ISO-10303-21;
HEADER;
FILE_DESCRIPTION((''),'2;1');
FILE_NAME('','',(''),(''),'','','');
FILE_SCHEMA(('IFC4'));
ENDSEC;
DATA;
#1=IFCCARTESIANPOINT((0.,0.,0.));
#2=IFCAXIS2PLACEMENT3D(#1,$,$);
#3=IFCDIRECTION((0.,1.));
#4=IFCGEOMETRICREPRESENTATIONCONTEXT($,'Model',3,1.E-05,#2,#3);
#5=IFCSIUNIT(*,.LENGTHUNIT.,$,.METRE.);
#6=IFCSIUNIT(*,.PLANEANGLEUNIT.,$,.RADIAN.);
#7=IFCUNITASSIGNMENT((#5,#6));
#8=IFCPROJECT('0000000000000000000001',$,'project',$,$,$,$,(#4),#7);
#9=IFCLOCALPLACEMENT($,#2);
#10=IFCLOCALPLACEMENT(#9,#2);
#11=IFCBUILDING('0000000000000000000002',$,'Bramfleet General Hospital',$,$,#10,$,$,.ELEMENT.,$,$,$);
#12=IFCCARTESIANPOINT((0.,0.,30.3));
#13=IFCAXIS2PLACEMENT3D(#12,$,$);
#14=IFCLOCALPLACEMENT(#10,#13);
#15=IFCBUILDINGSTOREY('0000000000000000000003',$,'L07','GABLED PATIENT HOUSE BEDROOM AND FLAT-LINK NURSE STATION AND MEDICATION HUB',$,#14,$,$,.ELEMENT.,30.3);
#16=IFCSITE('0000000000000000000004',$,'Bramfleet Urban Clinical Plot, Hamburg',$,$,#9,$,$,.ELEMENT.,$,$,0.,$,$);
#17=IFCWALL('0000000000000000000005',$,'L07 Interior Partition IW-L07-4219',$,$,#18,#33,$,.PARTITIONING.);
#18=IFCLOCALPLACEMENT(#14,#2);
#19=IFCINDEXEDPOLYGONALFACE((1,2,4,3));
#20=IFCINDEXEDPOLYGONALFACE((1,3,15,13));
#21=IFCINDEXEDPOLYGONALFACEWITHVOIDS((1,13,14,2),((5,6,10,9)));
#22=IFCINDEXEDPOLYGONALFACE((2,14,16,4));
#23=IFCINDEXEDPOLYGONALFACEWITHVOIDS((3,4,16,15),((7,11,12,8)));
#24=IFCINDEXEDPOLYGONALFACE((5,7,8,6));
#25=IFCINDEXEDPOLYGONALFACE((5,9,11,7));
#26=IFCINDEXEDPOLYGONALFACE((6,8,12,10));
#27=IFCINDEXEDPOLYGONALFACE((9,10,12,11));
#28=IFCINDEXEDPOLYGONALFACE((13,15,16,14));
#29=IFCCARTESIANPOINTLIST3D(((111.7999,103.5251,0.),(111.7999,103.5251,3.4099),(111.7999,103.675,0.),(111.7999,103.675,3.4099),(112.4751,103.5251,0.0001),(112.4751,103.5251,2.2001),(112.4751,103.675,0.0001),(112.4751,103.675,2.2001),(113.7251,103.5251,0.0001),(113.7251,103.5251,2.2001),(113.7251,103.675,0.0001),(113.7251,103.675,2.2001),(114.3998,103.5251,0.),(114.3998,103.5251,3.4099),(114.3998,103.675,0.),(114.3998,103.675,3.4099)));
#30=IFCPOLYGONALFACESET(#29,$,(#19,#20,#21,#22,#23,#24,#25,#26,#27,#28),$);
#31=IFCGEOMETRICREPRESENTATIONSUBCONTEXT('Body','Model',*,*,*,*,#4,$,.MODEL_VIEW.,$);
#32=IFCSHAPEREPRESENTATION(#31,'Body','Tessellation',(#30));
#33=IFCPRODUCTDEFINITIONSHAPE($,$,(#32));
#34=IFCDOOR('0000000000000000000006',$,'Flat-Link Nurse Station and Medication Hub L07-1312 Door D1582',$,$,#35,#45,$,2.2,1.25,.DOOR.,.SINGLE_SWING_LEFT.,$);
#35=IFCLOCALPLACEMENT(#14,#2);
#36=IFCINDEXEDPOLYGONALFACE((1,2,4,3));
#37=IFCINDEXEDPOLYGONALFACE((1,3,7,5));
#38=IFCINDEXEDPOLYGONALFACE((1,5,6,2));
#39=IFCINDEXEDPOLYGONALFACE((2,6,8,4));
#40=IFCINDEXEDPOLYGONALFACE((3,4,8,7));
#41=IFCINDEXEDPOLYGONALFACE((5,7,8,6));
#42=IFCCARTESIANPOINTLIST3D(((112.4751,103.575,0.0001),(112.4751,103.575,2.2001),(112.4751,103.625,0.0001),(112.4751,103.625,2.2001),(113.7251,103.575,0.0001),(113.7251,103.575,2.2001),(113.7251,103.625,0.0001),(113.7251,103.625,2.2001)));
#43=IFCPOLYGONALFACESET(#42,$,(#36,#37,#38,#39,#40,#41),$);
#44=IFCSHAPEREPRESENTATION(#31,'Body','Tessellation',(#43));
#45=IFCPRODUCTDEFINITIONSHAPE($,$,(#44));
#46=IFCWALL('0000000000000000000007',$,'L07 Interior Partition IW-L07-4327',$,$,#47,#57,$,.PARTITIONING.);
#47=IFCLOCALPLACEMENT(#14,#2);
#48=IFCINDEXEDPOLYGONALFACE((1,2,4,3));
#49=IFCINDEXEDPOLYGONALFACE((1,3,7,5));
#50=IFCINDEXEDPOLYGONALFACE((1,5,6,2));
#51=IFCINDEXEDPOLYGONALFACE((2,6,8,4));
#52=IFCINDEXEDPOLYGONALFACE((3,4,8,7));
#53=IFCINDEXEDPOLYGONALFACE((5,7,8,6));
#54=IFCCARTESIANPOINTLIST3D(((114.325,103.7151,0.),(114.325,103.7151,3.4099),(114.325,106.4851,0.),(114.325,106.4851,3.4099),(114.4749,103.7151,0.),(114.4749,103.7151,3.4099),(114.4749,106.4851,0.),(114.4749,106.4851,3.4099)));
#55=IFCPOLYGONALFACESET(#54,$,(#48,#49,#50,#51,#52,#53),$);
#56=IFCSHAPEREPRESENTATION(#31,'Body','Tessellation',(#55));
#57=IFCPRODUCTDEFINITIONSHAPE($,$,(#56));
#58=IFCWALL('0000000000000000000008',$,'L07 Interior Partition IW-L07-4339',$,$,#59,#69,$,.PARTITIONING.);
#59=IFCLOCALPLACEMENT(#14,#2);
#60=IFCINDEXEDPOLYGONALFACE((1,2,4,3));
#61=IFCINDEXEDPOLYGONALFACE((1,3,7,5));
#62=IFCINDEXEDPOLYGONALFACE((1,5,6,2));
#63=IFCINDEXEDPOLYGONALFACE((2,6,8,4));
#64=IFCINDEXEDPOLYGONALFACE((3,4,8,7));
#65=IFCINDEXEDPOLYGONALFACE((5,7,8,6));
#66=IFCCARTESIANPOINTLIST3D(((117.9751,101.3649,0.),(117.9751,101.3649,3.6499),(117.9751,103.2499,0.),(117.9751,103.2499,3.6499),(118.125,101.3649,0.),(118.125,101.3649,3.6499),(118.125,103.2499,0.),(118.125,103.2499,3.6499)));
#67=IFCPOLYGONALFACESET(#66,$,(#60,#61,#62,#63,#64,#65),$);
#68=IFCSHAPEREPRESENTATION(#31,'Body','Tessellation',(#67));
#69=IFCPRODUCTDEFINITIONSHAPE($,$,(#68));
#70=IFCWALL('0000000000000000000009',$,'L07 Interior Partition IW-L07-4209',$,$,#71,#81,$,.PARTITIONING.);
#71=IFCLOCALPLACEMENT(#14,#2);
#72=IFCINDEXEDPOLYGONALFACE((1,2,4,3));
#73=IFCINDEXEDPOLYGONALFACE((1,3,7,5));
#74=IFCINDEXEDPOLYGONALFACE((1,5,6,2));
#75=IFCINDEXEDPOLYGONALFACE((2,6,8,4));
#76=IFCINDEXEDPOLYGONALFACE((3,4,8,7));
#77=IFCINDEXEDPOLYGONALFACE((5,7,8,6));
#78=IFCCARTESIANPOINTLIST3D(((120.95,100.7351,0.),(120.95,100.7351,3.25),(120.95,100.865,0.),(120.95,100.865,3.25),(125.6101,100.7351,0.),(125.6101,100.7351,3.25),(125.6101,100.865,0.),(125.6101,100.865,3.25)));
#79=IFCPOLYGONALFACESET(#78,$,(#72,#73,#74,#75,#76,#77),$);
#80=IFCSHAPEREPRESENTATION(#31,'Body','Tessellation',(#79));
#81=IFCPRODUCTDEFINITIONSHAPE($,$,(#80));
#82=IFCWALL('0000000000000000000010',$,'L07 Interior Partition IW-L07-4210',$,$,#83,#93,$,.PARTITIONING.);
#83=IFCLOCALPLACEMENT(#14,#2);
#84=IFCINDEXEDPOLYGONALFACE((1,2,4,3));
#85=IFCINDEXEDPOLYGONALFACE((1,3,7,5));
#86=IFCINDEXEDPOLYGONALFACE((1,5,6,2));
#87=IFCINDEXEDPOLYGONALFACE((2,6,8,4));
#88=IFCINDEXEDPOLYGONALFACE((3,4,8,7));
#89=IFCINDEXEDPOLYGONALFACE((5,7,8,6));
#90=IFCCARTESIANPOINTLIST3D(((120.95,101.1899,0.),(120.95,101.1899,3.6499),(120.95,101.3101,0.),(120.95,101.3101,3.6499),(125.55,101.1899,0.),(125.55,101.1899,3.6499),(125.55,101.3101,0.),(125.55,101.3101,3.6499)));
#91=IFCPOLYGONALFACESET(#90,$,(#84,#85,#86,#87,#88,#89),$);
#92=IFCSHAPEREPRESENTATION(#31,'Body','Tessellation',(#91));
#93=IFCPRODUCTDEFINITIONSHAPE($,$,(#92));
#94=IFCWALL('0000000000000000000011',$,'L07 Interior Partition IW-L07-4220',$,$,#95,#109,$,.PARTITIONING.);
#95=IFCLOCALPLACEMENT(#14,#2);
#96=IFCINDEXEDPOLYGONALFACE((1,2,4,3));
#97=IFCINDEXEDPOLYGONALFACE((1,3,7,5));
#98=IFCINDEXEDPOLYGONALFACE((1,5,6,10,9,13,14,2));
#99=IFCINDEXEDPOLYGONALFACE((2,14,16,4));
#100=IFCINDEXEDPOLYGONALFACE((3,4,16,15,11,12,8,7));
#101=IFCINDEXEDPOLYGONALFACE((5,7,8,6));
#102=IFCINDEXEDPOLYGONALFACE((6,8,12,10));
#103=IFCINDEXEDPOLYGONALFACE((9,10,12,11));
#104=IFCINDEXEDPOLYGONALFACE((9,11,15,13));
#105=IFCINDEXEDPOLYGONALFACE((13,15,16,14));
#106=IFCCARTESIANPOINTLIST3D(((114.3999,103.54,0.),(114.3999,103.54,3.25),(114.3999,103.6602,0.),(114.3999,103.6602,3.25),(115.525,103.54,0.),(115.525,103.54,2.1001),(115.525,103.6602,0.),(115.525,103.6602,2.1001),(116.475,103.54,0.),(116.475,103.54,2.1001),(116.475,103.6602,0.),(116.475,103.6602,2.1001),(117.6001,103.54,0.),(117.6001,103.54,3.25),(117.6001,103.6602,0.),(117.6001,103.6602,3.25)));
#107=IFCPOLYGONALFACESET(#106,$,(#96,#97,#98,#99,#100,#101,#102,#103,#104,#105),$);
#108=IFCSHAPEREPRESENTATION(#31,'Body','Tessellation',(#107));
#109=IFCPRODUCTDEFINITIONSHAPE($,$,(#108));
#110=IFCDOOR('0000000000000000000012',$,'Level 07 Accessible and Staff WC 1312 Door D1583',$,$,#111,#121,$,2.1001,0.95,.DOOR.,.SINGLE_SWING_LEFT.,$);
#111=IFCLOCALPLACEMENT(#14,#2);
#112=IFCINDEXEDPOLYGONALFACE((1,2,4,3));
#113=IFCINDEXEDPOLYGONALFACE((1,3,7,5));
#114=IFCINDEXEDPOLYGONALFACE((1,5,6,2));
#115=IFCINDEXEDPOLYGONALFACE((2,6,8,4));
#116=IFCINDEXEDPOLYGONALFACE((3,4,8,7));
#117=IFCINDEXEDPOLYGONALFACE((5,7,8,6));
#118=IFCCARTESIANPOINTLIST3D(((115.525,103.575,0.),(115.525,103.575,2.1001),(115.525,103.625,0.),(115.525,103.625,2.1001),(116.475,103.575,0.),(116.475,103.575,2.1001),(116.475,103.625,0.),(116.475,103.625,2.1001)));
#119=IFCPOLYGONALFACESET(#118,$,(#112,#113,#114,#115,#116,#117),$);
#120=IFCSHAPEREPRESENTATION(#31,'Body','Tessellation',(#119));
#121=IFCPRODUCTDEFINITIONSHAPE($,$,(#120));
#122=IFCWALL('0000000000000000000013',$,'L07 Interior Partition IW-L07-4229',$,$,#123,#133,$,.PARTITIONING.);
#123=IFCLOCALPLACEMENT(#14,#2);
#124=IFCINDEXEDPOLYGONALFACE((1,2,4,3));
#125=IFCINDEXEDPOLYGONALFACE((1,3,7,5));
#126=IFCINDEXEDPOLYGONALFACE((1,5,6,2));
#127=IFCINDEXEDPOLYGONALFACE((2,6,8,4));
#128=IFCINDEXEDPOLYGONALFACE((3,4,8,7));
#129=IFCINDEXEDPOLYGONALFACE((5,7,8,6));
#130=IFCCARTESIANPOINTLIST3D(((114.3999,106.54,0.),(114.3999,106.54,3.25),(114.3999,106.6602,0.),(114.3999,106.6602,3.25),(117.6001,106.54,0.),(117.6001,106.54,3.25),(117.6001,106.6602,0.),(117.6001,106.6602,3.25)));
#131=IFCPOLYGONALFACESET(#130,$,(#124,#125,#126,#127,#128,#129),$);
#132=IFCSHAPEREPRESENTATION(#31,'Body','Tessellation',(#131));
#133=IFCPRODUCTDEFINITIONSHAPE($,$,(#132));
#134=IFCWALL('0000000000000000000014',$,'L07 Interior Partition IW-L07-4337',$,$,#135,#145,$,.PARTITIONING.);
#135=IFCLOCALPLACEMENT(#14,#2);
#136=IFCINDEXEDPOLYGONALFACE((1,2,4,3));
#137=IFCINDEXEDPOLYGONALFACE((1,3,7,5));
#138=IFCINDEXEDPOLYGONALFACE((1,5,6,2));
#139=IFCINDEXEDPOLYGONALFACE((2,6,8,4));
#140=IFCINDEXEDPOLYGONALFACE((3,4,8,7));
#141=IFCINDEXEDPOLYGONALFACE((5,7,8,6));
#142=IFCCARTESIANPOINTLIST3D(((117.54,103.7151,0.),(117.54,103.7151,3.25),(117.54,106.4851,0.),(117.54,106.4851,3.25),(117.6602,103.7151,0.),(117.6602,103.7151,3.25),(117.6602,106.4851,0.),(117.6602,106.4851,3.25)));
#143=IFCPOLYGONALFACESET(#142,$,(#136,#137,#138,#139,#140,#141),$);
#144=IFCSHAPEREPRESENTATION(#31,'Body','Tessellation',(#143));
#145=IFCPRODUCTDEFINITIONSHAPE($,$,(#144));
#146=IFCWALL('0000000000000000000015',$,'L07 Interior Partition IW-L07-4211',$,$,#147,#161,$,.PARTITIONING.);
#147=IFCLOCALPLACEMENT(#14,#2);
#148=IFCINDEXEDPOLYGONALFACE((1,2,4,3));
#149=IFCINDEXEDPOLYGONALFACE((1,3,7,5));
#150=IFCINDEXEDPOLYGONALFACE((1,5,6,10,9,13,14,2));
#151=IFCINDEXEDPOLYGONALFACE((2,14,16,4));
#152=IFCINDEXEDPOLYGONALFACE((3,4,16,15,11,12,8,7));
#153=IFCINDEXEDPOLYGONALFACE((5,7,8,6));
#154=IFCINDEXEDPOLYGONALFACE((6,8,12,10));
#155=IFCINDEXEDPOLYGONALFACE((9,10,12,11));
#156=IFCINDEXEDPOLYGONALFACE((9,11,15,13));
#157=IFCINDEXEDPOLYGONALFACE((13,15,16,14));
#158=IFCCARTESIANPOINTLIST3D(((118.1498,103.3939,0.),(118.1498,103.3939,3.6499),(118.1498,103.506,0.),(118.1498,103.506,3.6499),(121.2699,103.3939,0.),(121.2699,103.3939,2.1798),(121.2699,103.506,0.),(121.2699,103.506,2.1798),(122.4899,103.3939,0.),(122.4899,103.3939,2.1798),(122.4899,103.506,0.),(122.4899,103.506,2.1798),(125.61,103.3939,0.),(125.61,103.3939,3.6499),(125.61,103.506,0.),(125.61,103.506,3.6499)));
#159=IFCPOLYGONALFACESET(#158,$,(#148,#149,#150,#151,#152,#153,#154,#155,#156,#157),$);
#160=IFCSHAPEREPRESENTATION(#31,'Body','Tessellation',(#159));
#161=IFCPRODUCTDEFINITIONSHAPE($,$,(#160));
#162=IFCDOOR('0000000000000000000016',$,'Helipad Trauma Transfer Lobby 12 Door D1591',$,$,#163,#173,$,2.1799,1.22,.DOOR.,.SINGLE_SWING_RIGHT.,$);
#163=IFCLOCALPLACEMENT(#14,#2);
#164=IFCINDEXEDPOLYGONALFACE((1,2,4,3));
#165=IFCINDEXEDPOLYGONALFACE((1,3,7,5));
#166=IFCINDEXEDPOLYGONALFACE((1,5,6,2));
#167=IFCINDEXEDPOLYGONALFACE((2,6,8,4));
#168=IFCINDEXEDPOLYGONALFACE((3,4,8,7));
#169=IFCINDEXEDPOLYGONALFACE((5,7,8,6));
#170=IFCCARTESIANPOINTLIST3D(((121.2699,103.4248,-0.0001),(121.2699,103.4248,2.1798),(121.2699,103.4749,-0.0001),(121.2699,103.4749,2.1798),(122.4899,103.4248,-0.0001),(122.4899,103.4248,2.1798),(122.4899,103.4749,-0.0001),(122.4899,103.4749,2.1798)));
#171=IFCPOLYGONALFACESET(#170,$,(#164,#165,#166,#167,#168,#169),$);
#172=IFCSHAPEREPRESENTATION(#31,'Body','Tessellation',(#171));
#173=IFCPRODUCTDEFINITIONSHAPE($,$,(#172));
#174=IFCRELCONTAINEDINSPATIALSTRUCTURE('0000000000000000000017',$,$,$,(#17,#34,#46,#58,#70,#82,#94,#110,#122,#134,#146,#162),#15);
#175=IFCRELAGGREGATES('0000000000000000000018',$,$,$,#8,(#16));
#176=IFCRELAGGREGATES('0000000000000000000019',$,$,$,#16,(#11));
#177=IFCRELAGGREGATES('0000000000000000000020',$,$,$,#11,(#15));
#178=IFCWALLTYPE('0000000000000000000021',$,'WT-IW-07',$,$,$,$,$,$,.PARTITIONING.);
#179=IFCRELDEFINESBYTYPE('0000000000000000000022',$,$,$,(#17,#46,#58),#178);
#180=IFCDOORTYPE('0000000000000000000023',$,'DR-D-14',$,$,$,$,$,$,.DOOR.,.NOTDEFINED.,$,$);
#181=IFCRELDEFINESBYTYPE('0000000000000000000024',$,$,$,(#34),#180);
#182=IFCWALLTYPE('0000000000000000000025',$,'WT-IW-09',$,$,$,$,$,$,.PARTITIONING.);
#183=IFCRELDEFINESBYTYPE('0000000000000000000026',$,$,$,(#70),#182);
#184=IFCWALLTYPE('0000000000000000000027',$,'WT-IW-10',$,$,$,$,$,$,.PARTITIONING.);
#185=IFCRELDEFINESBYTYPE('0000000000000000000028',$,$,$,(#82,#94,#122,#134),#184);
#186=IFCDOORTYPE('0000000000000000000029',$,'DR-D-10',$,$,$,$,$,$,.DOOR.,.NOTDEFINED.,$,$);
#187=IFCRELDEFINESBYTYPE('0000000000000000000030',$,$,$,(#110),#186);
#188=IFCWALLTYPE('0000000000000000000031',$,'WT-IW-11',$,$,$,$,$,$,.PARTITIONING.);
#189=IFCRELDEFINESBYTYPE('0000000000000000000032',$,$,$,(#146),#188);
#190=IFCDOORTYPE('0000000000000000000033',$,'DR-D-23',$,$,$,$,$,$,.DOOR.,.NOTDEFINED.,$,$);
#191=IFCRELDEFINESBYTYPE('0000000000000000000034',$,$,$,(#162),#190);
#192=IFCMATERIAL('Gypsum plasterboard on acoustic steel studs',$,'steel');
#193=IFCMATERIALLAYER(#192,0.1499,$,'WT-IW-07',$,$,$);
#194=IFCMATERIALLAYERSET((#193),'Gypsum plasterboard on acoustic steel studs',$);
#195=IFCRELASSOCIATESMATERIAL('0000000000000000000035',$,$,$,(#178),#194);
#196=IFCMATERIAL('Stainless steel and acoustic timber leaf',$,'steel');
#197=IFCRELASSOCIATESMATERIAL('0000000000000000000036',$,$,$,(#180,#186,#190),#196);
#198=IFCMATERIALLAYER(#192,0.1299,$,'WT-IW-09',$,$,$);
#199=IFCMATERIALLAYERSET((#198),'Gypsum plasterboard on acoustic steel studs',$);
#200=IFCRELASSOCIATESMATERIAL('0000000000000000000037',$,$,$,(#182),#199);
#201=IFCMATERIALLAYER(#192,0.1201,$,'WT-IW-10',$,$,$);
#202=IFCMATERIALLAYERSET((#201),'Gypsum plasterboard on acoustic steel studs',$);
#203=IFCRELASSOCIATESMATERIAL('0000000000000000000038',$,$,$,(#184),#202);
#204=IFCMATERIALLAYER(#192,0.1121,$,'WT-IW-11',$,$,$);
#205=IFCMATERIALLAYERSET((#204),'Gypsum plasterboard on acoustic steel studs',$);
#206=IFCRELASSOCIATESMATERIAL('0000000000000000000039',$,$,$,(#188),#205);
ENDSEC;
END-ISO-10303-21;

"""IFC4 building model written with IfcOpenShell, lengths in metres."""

from ifc_helpers import new_model, si_unit, direction, frame, frame_2d, origin, place, context, subcontext, project, spatial, rectangle, extrude, material, layer, layer_set, type_object, element, fill, save


model = new_model("IFC4")

# Units and contexts
model_context = context("Model", 3, precision=1e-05, world=origin(), true_north=direction((0.0, 1.0)))
body_context = subcontext(model_context, "Body", "Model", "MODEL_VIEW")
ifc_project = project(units=[si_unit("LENGTHUNIT", "METRE"), si_unit("PLANEANGLEUNIT", "RADIAN")], contexts=[model_context])

# Site, building, storey
site_placement = place(None, origin())
site = spatial("IfcSite", under=ifc_project, at=site_placement, Name="Bramfleet Urban Clinical Plot, Hamburg", CompositionType="ELEMENT", RefElevation=0.0)
building_placement = place(site_placement, origin())
building = spatial("IfcBuilding", under=site, at=building_placement, Name="Bramfleet General Hospital", CompositionType="ELEMENT")
storey_placement = place(building_placement, frame((0.0, 0.0, 30.3)))
storey = spatial("IfcBuildingStorey", under=building, at=storey_placement, Name="L07", Description="GABLED PATIENT HOUSE BEDROOM AND FLAT-LINK NURSE STATION AND MEDICATION HUB", CompositionType="ELEMENT", Elevation=30.3)

# Shared definitions
ifc_material_1 = material(Name="Gypsum plasterboard on acoustic steel studs", Category="steel")

# Wall, opening, door
ifc_layer_1 = layer(ifc_material_1, 0.1499, Name="WT-IW-07")
ifc_layer_set_1 = layer_set([ifc_layer_1], Name="Gypsum plasterboard on acoustic steel studs")
wall_type_1 = type_object("IfcWallType", Name="WT-IW-07", PredefinedType="PARTITIONING", material=ifc_layer_set_1)
wall_1_placement = place(storey_placement, frame((111.8, 103.6001, 0.0), z_axis=(0.0, 0.0, 1.0), x_axis=(1.0, 0.0, 0.0)))
wall_1 = element("IfcWall", 1, at=wall_1_placement, inside=storey, type_object=wall_type_1, Name="L07 Interior Partition IW-L07-4219", PredefinedType="PARTITIONING", context=body_context, shape_type="SweptSolid", body=[
    extrude(rectangle(XDim=2.5999, YDim=0.1499, at=frame_2d((1.2998, 0.0))), origin(), (0.0, 0.0, 1.0), 3.4099),
])
opening_1_placement = place(wall_1_placement, frame((0.675, 0.0, 0.0)))
opening_1 = element("IfcOpeningElement", 2, at=opening_1_placement, cuts=wall_1, PredefinedType="OPENING", context=body_context, shape_type="SweptSolid", body=[
    extrude(rectangle(XDim=1.25, YDim=2.2, at=frame_2d((0.625, 1.1001))), frame((0.0, 0.085, 0.0), z_axis=(0.0, -1.0, 0.0), x_axis=(1.0, 0.0, 0.0)), (0.0, 0.0, 1.0), 0.1699),
])
ifc_material_2 = material(Name="Stainless steel and acoustic timber leaf", Category="steel")
door_type_1 = type_object("IfcDoorType", Name="DR-D-14", OperationType="NOTDEFINED", PredefinedType="DOOR", material=ifc_material_2)
door_1_placement = place(opening_1_placement, origin())
door_1 = element("IfcDoor", 3, at=door_1_placement, inside=storey, type_object=door_type_1, Name="Flat-Link Nurse Station and Medication Hub L07-1312 Door D1582", OperationType="SINGLE_SWING_LEFT", OverallHeight=2.2, OverallWidth=1.25, PredefinedType="DOOR", context=body_context, shape_type="SweptSolid", body=[
    extrude(rectangle(XDim=1.25, YDim=2.2, at=frame_2d((0.625, 1.1001))), frame((0.0, 0.0249, 0.0), z_axis=(0.0, -1.0, 0.0), x_axis=(1.0, 0.0, 0.0)), (0.0, 0.0, 1.0), 0.05),
])
fill(opening_1, door_1)

# Walls
wall_2_placement = place(storey_placement, frame((114.3999, 103.7151, 0.0), z_axis=(0.0, 0.0, 1.0), x_axis=(0.0, 1.0, 0.0)))
element("IfcWall", 4, at=wall_2_placement, inside=storey, type_object=wall_type_1, Name="L07 Interior Partition IW-L07-4327", PredefinedType="PARTITIONING", context=body_context, shape_type="SweptSolid", body=[
    extrude(rectangle(XDim=2.77, YDim=0.1499, at=frame_2d((1.385, 0.0))), origin(), (0.0, 0.0, 1.0), 3.4099),
])
wall_3_placement = place(storey_placement, frame((118.05, 101.365, 0.0), z_axis=(0.0, 0.0, 1.0), x_axis=(0.0, 1.0, 0.0)))
element("IfcWall", 5, at=wall_3_placement, inside=storey, type_object=wall_type_1, Name="L07 Interior Partition IW-L07-4339", PredefinedType="PARTITIONING", context=body_context, shape_type="SweptSolid", body=[
    extrude(rectangle(XDim=1.885, YDim=0.1499, at=frame_2d((0.9424, 0.0))), origin(), (0.0, 0.0, 1.0), 3.6499),
])
ifc_layer_2 = layer(ifc_material_1, 0.1299, Name="WT-IW-09")
ifc_layer_set_2 = layer_set([ifc_layer_2], Name="Gypsum plasterboard on acoustic steel studs")
wall_type_2 = type_object("IfcWallType", Name="WT-IW-09", PredefinedType="PARTITIONING", material=ifc_layer_set_2)
wall_4_placement = place(storey_placement, frame((120.95, 100.8, 0.0), z_axis=(0.0, 0.0, 1.0), x_axis=(1.0, 0.0, 0.0)))
element("IfcWall", 6, at=wall_4_placement, inside=storey, type_object=wall_type_2, Name="L07 Interior Partition IW-L07-4209", PredefinedType="PARTITIONING", context=body_context, shape_type="SweptSolid", body=[
    extrude(rectangle(XDim=4.6602, YDim=0.1299, at=frame_2d((2.3301, 0.0))), origin(), (0.0, 0.0, 1.0), 3.25),
])
ifc_layer_3 = layer(ifc_material_1, 0.1201, Name="WT-IW-10")
ifc_layer_set_3 = layer_set([ifc_layer_3], Name="Gypsum plasterboard on acoustic steel studs")
wall_type_3 = type_object("IfcWallType", Name="WT-IW-10", PredefinedType="PARTITIONING", material=ifc_layer_set_3)
wall_5_placement = place(storey_placement, frame((120.95, 101.25, 0.0), z_axis=(0.0, 0.0, 1.0), x_axis=(1.0, 0.0, 0.0)))
element("IfcWall", 7, at=wall_5_placement, inside=storey, type_object=wall_type_3, Name="L07 Interior Partition IW-L07-4210", PredefinedType="PARTITIONING", context=body_context, shape_type="SweptSolid", body=[
    extrude(rectangle(XDim=4.6001, YDim=0.1201, at=frame_2d((2.3, 0.0))), origin(), (0.0, 0.0, 1.0), 3.6499),
])

# Wall, opening, door
wall_6_placement = place(storey_placement, frame((114.3999, 103.6001, 0.0), z_axis=(0.0, 0.0, 1.0), x_axis=(1.0, 0.0, 0.0)))
wall_6 = element("IfcWall", 8, at=wall_6_placement, inside=storey, type_object=wall_type_3, Name="L07 Interior Partition IW-L07-4220", PredefinedType="PARTITIONING", context=body_context, shape_type="SweptSolid", body=[
    extrude(rectangle(XDim=3.2002, YDim=0.1201, at=frame_2d((1.6001, 0.0))), origin(), (0.0, 0.0, 1.0), 3.25),
])
opening_2_placement = place(wall_6_placement, frame((1.125, 0.0, 0.0)))
opening_2 = element("IfcOpeningElement", 9, at=opening_2_placement, cuts=wall_6, PredefinedType="OPENING", context=body_context, shape_type="SweptSolid", body=[
    extrude(rectangle(XDim=0.95, YDim=2.1001, at=frame_2d((0.4751, 1.05))), frame((0.0, 0.0701, 0.0), z_axis=(0.0, -1.0, 0.0), x_axis=(1.0, 0.0, 0.0)), (0.0, 0.0, 1.0), 0.1401),
])
door_type_2 = type_object("IfcDoorType", Name="DR-D-10", OperationType="NOTDEFINED", PredefinedType="DOOR", material=ifc_material_2)
door_2_placement = place(opening_2_placement, origin())
door_2 = element("IfcDoor", 10, at=door_2_placement, inside=storey, type_object=door_type_2, Name="Level 07 Accessible and Staff WC 1312 Door D1583", OperationType="SINGLE_SWING_LEFT", OverallHeight=2.1001, OverallWidth=0.95, PredefinedType="DOOR", context=body_context, shape_type="SweptSolid", body=[
    extrude(rectangle(XDim=0.95, YDim=2.1001, at=frame_2d((0.4751, 1.05))), frame((0.0, 0.0249, 0.0), z_axis=(0.0, -1.0, 0.0), x_axis=(1.0, 0.0, 0.0)), (0.0, 0.0, 1.0), 0.05),
])
fill(opening_2, door_2)

# Walls
wall_7_placement = place(storey_placement, frame((114.3999, 106.6001, 0.0), z_axis=(0.0, 0.0, 1.0), x_axis=(1.0, 0.0, 0.0)))
element("IfcWall", 11, at=wall_7_placement, inside=storey, type_object=wall_type_3, Name="L07 Interior Partition IW-L07-4229", PredefinedType="PARTITIONING", context=body_context, shape_type="SweptSolid", body=[
    extrude(rectangle(XDim=3.2002, YDim=0.1201, at=frame_2d((1.6001, 0.0))), origin(), (0.0, 0.0, 1.0), 3.25),
])
wall_8_placement = place(storey_placement, frame((117.6001, 103.7151, 0.0), z_axis=(0.0, 0.0, 1.0), x_axis=(0.0, 1.0, 0.0)))
element("IfcWall", 12, at=wall_8_placement, inside=storey, type_object=wall_type_3, Name="L07 Interior Partition IW-L07-4337", PredefinedType="PARTITIONING", context=body_context, shape_type="SweptSolid", body=[
    extrude(rectangle(XDim=2.77, YDim=0.1201, at=frame_2d((1.385, 0.0))), origin(), (0.0, 0.0, 1.0), 3.25),
])

# Wall, opening, door
ifc_layer_4 = layer(ifc_material_1, 0.1121, Name="WT-IW-11")
ifc_layer_set_4 = layer_set([ifc_layer_4], Name="Gypsum plasterboard on acoustic steel studs")
wall_type_4 = type_object("IfcWallType", Name="WT-IW-11", PredefinedType="PARTITIONING", material=ifc_layer_set_4)
wall_9_placement = place(storey_placement, frame((118.1499, 103.45, 0.0), z_axis=(0.0, 0.0, 1.0), x_axis=(1.0, 0.0, 0.0)))
wall_9 = element("IfcWall", 13, at=wall_9_placement, inside=storey, type_object=wall_type_4, Name="L07 Interior Partition IW-L07-4211", PredefinedType="PARTITIONING", context=body_context, shape_type="SweptSolid", body=[
    extrude(rectangle(XDim=7.4602, YDim=0.1121, at=frame_2d((3.73, 0.0))), origin(), (0.0, 0.0, 1.0), 3.6499),
])
opening_3_placement = place(wall_9_placement, frame((3.1201, 0.0, 0.0)))
opening_3 = element("IfcOpeningElement", 14, at=opening_3_placement, cuts=wall_9, PredefinedType="OPENING", context=body_context, shape_type="SweptSolid", body=[
    extrude(rectangle(XDim=1.22, YDim=2.1799, at=frame_2d((0.6099, 1.0898))), frame((0.0, 0.0659, 0.0), z_axis=(0.0, -1.0, 0.0), x_axis=(1.0, 0.0, 0.0)), (0.0, 0.0, 1.0), 0.1321),
])
door_type_3 = type_object("IfcDoorType", Name="DR-D-23", OperationType="NOTDEFINED", PredefinedType="DOOR", material=ifc_material_2)
door_3_placement = place(opening_3_placement, origin())
door_3 = element("IfcDoor", 15, at=door_3_placement, inside=storey, type_object=door_type_3, Name="Helipad Trauma Transfer Lobby 12 Door D1591", OperationType="SINGLE_SWING_RIGHT", OverallHeight=2.1799, OverallWidth=1.22, PredefinedType="DOOR", context=body_context, shape_type="SweptSolid", body=[
    extrude(rectangle(XDim=1.22, YDim=2.1799, at=frame_2d((0.6099, 1.0898))), frame((0.0, 0.0249, 0.0), z_axis=(0.0, -1.0, 0.0), x_axis=(1.0, 0.0, 0.0)), (0.0, 0.0, 1.0), 0.05),
])
fill(opening_3, door_3)

save(model, "model.ifc")
